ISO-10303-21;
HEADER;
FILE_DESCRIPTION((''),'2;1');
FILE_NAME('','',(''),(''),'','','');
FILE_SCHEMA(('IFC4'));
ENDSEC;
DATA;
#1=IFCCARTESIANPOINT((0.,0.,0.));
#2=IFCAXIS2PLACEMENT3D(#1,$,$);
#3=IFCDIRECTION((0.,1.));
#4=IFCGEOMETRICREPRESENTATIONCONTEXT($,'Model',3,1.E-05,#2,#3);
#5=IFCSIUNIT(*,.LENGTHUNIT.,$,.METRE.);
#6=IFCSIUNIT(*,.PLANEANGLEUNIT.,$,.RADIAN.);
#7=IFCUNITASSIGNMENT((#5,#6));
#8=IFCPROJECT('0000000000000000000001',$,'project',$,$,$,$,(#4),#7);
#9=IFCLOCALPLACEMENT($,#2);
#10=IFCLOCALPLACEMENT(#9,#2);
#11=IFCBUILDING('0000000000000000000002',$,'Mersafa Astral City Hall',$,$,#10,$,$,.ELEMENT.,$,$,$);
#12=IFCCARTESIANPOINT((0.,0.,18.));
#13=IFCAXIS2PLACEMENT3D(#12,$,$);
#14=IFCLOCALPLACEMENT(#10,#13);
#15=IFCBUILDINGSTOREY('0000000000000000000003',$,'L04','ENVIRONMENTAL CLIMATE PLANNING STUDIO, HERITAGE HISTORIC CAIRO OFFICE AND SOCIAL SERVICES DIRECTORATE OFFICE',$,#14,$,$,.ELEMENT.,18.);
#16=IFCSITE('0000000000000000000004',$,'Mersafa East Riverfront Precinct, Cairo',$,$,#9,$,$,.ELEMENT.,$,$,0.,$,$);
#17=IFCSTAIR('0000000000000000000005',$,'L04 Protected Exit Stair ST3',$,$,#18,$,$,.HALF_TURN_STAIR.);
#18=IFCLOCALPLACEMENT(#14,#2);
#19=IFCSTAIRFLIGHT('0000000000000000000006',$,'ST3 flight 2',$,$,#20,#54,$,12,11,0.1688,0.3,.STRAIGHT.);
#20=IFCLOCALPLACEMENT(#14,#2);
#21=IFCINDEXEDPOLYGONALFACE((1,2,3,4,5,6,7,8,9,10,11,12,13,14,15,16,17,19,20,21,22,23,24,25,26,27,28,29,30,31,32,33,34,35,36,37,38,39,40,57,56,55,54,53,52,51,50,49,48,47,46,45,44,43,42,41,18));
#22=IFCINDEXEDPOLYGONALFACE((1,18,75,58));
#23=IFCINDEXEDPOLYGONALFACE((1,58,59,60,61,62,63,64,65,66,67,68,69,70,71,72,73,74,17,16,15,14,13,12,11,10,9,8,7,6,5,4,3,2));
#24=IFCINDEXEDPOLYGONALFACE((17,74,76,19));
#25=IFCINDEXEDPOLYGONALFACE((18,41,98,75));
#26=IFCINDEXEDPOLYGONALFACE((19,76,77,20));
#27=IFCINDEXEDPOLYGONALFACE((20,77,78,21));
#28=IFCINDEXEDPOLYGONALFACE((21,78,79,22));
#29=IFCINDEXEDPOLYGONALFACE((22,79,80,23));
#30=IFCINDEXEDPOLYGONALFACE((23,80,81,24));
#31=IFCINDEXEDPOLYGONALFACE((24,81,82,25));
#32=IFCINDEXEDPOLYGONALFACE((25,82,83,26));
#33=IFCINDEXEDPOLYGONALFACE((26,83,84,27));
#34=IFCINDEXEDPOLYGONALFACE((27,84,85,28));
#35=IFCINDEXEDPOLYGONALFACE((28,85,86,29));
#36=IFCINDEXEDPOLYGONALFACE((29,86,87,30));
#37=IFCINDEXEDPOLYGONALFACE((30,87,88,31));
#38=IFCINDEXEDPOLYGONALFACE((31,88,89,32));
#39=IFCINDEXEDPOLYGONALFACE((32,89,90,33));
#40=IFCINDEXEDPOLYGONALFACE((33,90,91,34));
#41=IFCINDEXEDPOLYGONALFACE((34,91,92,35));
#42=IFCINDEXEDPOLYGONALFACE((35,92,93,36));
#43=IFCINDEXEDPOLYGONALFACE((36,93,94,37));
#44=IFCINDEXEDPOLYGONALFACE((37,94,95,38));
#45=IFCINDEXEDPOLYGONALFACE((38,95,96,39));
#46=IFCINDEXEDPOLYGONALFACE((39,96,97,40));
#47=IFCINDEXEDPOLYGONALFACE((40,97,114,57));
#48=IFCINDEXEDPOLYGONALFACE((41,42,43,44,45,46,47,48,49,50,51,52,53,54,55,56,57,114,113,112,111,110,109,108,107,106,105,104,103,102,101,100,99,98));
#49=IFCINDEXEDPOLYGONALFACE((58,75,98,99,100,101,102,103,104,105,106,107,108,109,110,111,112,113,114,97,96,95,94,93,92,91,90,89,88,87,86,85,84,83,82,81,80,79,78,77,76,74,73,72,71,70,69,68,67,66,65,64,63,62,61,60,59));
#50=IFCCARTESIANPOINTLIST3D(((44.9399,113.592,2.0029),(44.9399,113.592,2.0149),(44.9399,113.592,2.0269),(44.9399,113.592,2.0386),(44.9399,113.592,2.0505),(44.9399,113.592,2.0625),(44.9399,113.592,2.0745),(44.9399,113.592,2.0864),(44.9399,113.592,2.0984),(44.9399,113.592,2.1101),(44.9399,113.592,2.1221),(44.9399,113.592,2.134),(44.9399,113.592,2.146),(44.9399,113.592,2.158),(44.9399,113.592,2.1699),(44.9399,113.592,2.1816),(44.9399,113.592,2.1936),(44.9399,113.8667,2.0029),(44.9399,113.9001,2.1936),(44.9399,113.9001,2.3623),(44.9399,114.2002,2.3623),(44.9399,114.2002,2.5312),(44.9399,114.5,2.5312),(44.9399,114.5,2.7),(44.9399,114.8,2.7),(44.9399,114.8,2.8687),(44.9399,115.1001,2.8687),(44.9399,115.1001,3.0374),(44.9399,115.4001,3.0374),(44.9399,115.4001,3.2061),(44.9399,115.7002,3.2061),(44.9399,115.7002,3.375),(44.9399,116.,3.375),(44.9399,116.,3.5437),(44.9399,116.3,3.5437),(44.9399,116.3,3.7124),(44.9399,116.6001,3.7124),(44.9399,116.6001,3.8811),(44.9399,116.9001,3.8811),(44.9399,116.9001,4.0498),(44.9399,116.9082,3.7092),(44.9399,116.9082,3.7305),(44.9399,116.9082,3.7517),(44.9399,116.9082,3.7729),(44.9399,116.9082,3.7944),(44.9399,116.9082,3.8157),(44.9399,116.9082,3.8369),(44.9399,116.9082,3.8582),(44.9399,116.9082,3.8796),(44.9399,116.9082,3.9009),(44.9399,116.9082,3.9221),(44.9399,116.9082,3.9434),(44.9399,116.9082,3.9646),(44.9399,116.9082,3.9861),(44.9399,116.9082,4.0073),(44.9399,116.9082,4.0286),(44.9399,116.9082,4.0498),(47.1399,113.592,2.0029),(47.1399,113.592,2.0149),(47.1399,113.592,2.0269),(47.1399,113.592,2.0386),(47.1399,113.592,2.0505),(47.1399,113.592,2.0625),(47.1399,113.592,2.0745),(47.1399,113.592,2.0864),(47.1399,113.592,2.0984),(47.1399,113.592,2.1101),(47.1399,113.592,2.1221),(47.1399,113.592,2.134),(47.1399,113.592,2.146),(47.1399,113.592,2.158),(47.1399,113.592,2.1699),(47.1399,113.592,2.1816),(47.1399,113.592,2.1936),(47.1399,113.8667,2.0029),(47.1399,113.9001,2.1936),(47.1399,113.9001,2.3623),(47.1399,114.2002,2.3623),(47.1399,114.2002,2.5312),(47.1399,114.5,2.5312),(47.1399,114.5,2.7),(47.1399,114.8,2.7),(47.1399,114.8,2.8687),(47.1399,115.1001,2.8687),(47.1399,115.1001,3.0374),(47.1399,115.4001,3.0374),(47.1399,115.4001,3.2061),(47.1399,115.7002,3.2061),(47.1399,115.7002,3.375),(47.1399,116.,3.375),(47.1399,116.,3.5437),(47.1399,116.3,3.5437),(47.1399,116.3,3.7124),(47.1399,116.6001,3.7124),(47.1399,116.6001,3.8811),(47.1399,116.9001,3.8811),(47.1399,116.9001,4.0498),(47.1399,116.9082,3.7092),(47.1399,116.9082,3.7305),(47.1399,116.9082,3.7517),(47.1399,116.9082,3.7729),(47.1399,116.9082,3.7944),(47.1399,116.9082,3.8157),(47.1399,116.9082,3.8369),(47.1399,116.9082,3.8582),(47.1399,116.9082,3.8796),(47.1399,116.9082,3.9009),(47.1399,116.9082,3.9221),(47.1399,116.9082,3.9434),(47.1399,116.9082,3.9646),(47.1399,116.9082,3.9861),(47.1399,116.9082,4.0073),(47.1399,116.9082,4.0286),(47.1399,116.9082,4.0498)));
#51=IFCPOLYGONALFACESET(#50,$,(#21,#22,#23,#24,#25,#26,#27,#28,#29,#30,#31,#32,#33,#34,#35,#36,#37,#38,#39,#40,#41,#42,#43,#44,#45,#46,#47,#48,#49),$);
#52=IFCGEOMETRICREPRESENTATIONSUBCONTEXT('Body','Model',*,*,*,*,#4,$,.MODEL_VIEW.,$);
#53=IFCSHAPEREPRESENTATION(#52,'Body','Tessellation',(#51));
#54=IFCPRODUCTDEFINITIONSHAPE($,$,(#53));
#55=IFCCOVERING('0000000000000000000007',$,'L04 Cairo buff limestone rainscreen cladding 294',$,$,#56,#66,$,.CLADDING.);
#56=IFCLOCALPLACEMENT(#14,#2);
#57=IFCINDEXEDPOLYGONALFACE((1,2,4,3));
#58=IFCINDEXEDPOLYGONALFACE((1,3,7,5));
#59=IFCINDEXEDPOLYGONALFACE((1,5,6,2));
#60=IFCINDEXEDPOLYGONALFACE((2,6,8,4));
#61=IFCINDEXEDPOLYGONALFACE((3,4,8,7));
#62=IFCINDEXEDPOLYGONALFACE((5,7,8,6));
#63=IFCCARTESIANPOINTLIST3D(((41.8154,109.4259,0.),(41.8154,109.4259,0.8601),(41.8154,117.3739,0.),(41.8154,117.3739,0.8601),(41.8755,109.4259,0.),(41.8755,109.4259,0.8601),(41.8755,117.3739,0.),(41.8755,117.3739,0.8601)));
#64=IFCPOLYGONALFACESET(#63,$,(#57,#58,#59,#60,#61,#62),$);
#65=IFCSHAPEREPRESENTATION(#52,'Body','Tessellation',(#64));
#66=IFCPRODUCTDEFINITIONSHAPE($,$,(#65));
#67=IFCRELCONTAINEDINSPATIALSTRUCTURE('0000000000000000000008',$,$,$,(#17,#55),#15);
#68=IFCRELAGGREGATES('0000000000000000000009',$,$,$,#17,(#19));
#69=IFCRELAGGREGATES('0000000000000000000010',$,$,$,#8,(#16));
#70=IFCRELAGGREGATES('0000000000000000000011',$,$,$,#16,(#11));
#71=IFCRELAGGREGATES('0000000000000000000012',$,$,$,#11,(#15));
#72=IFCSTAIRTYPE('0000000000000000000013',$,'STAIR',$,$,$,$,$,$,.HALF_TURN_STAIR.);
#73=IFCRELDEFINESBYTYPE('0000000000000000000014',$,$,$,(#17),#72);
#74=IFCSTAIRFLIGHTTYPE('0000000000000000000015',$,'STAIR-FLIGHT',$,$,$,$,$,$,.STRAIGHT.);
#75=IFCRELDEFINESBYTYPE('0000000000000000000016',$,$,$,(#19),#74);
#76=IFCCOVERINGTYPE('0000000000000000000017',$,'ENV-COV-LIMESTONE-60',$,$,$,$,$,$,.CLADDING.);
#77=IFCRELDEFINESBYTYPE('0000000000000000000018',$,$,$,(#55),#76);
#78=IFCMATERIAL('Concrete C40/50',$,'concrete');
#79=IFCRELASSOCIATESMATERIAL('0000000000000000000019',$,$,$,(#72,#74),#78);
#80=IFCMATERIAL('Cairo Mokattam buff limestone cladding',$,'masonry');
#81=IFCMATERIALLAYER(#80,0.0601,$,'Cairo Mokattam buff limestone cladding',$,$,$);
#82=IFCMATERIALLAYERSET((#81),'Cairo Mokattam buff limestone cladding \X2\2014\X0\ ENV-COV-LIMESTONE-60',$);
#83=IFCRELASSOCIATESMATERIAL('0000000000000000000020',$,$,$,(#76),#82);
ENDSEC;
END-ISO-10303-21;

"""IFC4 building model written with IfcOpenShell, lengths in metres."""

from ifc_helpers import new_model, si_unit, direction, frame, origin, origin_2d, place, context, subcontext, project, spatial, polyline, rectangle, outline, extrude, material, layer, layer_set, type_object, element, aggregate, save


model = new_model("IFC4")

# Units and contexts
model_context = context("Model", 3, precision=1e-05, world=origin(), true_north=direction((0.0, 1.0)))
body_context = subcontext(model_context, "Body", "Model", "MODEL_VIEW")
ifc_project = project(units=[si_unit("LENGTHUNIT", "METRE"), si_unit("PLANEANGLEUNIT", "RADIAN")], contexts=[model_context])

# Site, building, storey
site_placement = place(None, origin())
site = spatial("IfcSite", under=ifc_project, at=site_placement, Name="Mersafa East Riverfront Precinct, Cairo", CompositionType="ELEMENT", RefElevation=0.0)
building_placement = place(site_placement, origin())
building = spatial("IfcBuilding", under=site, at=building_placement, Name="Mersafa Astral City Hall", CompositionType="ELEMENT")
storey_placement = place(building_placement, frame((0.0, 0.0, 18.0)))
storey = spatial("IfcBuildingStorey", under=building, at=storey_placement, Name="L04", Description="ENVIRONMENTAL CLIMATE PLANNING STUDIO, HERITAGE HISTORIC CAIRO OFFICE AND SOCIAL SERVICES DIRECTORATE OFFICE", CompositionType="ELEMENT", Elevation=18.0)

# Shared definitions
ifc_material_1 = material(Name="Concrete C40/50", Category="concrete")

# Stair, stair flight
stair_type = type_object("IfcStairType", Name="STAIR", PredefinedType="HALF_TURN_STAIR", material=ifc_material_1)
stair_placement = place(storey_placement, origin())
stair = element("IfcStair", 1, at=stair_placement, inside=storey, type_object=stair_type, Name="L04 Protected Exit Stair ST3", PredefinedType="HALF_TURN_STAIR")
stair_flight_type = type_object("IfcStairFlightType", Name="STAIR-FLIGHT", PredefinedType="STRAIGHT", material=ifc_material_1)
stair_flight_1_placement = place(storey_placement, frame((46.04, 113.6001, 2.0249), z_axis=(0.0, 0.0, 1.0), x_axis=(0.0, 1.0, 0.0)))
stair_flight_1 = element("IfcStairFlight", 2, at=stair_flight_1_placement, type_object=stair_flight_type, Name="ST3 flight 2", NumberOfRisers=12, NumberOfTreads=11, PredefinedType="STRAIGHT", RiserHeight=0.1688, TreadLength=0.3, context=body_context, shape_type="SweptSolid", body=[
    extrude(outline(polyline([(-0.0081, -0.022), (-0.0081, -0.01), (-0.0081, 0.002), (-0.0081, 0.0137), (-0.0081, 0.0256), (-0.0081, 0.0376), (-0.0081, 0.0496), (-0.0081, 0.0615), (-0.0081, 0.0735), (-0.0081, 0.0852), (-0.0081, 0.0972), (-0.0081, 0.1091), (-0.0081, 0.1211), (-0.0081, 0.1331), (-0.0081, 0.145), (-0.0081, 0.1567), (-0.0081, 0.1687), (0.3, 0.1687), (0.3, 0.3374), (0.6001, 0.3374), (0.6001, 0.5063), (0.8999, 0.5063), (0.8999, 0.675), (1.2, 0.675), (1.2, 0.8438), (1.5, 0.8438), (1.5, 1.0125), (1.8, 1.0125), (1.8, 1.1812), (2.1001, 1.1812), (2.1001, 1.3501), (2.3999, 1.3501), (2.3999, 1.5188), (2.7, 1.5188), (2.7, 1.6875), (3.0, 1.6875), (3.0, 1.8562), (3.3, 1.8562), (3.3, 2.0249), (3.3081, 2.0249), (3.3081, 2.0037), (3.3081, 1.9824), (3.3081, 1.9612), (3.3081, 1.9397), (3.3081, 1.9185), (3.3081, 1.8972), (3.3081, 1.876), (3.3081, 1.8547), (3.3081, 1.8333), (3.3081, 1.812), (3.3081, 1.7908), (3.3081, 1.7695), (3.3081, 1.748), (3.3081, 1.7268), (3.3081, 1.7056), (3.3081, 1.6843), (0.2666, -0.022), (-0.0081, -0.022)])), frame((0.0, 1.1001, 0.0), z_axis=(0.0, -1.0, 0.0), x_axis=(1.0, 0.0, 0.0)), (0.0, 0.0, 1.0), 2.2),
])
aggregate(stair, [stair_flight_1])

# Covering
ifc_material_2 = material(Name="Cairo Mokattam buff limestone cladding", Category="masonry")
ifc_layer_1 = layer(ifc_material_2, 0.0601, Name="Cairo Mokattam buff limestone cladding")
ifc_layer_set_1 = layer_set([ifc_layer_1], Name="Cairo Mokattam buff limestone cladding — ENV-COV-LIMESTONE-60")
covering_type = type_object("IfcCoveringType", Name="ENV-COV-LIMESTONE-60", PredefinedType="CLADDING", material=ifc_layer_set_1)
covering_placement = place(storey_placement, frame((41.8455, 113.3999, 0.0), z_axis=(0.0, 0.0, 1.0), x_axis=(0.0, -1.0, 0.0)))
element("IfcCovering", 3, at=covering_placement, inside=storey, type_object=covering_type, Name="L04 Cairo buff limestone rainscreen cladding 294", PredefinedType="CLADDING", context=body_context, shape_type="SweptSolid", body=[
    extrude(rectangle(XDim=7.948, YDim=0.0601, at=origin_2d()), origin(), (0.0, 0.0, 1.0), 0.8601),
])

save(model, "model.ifc")
